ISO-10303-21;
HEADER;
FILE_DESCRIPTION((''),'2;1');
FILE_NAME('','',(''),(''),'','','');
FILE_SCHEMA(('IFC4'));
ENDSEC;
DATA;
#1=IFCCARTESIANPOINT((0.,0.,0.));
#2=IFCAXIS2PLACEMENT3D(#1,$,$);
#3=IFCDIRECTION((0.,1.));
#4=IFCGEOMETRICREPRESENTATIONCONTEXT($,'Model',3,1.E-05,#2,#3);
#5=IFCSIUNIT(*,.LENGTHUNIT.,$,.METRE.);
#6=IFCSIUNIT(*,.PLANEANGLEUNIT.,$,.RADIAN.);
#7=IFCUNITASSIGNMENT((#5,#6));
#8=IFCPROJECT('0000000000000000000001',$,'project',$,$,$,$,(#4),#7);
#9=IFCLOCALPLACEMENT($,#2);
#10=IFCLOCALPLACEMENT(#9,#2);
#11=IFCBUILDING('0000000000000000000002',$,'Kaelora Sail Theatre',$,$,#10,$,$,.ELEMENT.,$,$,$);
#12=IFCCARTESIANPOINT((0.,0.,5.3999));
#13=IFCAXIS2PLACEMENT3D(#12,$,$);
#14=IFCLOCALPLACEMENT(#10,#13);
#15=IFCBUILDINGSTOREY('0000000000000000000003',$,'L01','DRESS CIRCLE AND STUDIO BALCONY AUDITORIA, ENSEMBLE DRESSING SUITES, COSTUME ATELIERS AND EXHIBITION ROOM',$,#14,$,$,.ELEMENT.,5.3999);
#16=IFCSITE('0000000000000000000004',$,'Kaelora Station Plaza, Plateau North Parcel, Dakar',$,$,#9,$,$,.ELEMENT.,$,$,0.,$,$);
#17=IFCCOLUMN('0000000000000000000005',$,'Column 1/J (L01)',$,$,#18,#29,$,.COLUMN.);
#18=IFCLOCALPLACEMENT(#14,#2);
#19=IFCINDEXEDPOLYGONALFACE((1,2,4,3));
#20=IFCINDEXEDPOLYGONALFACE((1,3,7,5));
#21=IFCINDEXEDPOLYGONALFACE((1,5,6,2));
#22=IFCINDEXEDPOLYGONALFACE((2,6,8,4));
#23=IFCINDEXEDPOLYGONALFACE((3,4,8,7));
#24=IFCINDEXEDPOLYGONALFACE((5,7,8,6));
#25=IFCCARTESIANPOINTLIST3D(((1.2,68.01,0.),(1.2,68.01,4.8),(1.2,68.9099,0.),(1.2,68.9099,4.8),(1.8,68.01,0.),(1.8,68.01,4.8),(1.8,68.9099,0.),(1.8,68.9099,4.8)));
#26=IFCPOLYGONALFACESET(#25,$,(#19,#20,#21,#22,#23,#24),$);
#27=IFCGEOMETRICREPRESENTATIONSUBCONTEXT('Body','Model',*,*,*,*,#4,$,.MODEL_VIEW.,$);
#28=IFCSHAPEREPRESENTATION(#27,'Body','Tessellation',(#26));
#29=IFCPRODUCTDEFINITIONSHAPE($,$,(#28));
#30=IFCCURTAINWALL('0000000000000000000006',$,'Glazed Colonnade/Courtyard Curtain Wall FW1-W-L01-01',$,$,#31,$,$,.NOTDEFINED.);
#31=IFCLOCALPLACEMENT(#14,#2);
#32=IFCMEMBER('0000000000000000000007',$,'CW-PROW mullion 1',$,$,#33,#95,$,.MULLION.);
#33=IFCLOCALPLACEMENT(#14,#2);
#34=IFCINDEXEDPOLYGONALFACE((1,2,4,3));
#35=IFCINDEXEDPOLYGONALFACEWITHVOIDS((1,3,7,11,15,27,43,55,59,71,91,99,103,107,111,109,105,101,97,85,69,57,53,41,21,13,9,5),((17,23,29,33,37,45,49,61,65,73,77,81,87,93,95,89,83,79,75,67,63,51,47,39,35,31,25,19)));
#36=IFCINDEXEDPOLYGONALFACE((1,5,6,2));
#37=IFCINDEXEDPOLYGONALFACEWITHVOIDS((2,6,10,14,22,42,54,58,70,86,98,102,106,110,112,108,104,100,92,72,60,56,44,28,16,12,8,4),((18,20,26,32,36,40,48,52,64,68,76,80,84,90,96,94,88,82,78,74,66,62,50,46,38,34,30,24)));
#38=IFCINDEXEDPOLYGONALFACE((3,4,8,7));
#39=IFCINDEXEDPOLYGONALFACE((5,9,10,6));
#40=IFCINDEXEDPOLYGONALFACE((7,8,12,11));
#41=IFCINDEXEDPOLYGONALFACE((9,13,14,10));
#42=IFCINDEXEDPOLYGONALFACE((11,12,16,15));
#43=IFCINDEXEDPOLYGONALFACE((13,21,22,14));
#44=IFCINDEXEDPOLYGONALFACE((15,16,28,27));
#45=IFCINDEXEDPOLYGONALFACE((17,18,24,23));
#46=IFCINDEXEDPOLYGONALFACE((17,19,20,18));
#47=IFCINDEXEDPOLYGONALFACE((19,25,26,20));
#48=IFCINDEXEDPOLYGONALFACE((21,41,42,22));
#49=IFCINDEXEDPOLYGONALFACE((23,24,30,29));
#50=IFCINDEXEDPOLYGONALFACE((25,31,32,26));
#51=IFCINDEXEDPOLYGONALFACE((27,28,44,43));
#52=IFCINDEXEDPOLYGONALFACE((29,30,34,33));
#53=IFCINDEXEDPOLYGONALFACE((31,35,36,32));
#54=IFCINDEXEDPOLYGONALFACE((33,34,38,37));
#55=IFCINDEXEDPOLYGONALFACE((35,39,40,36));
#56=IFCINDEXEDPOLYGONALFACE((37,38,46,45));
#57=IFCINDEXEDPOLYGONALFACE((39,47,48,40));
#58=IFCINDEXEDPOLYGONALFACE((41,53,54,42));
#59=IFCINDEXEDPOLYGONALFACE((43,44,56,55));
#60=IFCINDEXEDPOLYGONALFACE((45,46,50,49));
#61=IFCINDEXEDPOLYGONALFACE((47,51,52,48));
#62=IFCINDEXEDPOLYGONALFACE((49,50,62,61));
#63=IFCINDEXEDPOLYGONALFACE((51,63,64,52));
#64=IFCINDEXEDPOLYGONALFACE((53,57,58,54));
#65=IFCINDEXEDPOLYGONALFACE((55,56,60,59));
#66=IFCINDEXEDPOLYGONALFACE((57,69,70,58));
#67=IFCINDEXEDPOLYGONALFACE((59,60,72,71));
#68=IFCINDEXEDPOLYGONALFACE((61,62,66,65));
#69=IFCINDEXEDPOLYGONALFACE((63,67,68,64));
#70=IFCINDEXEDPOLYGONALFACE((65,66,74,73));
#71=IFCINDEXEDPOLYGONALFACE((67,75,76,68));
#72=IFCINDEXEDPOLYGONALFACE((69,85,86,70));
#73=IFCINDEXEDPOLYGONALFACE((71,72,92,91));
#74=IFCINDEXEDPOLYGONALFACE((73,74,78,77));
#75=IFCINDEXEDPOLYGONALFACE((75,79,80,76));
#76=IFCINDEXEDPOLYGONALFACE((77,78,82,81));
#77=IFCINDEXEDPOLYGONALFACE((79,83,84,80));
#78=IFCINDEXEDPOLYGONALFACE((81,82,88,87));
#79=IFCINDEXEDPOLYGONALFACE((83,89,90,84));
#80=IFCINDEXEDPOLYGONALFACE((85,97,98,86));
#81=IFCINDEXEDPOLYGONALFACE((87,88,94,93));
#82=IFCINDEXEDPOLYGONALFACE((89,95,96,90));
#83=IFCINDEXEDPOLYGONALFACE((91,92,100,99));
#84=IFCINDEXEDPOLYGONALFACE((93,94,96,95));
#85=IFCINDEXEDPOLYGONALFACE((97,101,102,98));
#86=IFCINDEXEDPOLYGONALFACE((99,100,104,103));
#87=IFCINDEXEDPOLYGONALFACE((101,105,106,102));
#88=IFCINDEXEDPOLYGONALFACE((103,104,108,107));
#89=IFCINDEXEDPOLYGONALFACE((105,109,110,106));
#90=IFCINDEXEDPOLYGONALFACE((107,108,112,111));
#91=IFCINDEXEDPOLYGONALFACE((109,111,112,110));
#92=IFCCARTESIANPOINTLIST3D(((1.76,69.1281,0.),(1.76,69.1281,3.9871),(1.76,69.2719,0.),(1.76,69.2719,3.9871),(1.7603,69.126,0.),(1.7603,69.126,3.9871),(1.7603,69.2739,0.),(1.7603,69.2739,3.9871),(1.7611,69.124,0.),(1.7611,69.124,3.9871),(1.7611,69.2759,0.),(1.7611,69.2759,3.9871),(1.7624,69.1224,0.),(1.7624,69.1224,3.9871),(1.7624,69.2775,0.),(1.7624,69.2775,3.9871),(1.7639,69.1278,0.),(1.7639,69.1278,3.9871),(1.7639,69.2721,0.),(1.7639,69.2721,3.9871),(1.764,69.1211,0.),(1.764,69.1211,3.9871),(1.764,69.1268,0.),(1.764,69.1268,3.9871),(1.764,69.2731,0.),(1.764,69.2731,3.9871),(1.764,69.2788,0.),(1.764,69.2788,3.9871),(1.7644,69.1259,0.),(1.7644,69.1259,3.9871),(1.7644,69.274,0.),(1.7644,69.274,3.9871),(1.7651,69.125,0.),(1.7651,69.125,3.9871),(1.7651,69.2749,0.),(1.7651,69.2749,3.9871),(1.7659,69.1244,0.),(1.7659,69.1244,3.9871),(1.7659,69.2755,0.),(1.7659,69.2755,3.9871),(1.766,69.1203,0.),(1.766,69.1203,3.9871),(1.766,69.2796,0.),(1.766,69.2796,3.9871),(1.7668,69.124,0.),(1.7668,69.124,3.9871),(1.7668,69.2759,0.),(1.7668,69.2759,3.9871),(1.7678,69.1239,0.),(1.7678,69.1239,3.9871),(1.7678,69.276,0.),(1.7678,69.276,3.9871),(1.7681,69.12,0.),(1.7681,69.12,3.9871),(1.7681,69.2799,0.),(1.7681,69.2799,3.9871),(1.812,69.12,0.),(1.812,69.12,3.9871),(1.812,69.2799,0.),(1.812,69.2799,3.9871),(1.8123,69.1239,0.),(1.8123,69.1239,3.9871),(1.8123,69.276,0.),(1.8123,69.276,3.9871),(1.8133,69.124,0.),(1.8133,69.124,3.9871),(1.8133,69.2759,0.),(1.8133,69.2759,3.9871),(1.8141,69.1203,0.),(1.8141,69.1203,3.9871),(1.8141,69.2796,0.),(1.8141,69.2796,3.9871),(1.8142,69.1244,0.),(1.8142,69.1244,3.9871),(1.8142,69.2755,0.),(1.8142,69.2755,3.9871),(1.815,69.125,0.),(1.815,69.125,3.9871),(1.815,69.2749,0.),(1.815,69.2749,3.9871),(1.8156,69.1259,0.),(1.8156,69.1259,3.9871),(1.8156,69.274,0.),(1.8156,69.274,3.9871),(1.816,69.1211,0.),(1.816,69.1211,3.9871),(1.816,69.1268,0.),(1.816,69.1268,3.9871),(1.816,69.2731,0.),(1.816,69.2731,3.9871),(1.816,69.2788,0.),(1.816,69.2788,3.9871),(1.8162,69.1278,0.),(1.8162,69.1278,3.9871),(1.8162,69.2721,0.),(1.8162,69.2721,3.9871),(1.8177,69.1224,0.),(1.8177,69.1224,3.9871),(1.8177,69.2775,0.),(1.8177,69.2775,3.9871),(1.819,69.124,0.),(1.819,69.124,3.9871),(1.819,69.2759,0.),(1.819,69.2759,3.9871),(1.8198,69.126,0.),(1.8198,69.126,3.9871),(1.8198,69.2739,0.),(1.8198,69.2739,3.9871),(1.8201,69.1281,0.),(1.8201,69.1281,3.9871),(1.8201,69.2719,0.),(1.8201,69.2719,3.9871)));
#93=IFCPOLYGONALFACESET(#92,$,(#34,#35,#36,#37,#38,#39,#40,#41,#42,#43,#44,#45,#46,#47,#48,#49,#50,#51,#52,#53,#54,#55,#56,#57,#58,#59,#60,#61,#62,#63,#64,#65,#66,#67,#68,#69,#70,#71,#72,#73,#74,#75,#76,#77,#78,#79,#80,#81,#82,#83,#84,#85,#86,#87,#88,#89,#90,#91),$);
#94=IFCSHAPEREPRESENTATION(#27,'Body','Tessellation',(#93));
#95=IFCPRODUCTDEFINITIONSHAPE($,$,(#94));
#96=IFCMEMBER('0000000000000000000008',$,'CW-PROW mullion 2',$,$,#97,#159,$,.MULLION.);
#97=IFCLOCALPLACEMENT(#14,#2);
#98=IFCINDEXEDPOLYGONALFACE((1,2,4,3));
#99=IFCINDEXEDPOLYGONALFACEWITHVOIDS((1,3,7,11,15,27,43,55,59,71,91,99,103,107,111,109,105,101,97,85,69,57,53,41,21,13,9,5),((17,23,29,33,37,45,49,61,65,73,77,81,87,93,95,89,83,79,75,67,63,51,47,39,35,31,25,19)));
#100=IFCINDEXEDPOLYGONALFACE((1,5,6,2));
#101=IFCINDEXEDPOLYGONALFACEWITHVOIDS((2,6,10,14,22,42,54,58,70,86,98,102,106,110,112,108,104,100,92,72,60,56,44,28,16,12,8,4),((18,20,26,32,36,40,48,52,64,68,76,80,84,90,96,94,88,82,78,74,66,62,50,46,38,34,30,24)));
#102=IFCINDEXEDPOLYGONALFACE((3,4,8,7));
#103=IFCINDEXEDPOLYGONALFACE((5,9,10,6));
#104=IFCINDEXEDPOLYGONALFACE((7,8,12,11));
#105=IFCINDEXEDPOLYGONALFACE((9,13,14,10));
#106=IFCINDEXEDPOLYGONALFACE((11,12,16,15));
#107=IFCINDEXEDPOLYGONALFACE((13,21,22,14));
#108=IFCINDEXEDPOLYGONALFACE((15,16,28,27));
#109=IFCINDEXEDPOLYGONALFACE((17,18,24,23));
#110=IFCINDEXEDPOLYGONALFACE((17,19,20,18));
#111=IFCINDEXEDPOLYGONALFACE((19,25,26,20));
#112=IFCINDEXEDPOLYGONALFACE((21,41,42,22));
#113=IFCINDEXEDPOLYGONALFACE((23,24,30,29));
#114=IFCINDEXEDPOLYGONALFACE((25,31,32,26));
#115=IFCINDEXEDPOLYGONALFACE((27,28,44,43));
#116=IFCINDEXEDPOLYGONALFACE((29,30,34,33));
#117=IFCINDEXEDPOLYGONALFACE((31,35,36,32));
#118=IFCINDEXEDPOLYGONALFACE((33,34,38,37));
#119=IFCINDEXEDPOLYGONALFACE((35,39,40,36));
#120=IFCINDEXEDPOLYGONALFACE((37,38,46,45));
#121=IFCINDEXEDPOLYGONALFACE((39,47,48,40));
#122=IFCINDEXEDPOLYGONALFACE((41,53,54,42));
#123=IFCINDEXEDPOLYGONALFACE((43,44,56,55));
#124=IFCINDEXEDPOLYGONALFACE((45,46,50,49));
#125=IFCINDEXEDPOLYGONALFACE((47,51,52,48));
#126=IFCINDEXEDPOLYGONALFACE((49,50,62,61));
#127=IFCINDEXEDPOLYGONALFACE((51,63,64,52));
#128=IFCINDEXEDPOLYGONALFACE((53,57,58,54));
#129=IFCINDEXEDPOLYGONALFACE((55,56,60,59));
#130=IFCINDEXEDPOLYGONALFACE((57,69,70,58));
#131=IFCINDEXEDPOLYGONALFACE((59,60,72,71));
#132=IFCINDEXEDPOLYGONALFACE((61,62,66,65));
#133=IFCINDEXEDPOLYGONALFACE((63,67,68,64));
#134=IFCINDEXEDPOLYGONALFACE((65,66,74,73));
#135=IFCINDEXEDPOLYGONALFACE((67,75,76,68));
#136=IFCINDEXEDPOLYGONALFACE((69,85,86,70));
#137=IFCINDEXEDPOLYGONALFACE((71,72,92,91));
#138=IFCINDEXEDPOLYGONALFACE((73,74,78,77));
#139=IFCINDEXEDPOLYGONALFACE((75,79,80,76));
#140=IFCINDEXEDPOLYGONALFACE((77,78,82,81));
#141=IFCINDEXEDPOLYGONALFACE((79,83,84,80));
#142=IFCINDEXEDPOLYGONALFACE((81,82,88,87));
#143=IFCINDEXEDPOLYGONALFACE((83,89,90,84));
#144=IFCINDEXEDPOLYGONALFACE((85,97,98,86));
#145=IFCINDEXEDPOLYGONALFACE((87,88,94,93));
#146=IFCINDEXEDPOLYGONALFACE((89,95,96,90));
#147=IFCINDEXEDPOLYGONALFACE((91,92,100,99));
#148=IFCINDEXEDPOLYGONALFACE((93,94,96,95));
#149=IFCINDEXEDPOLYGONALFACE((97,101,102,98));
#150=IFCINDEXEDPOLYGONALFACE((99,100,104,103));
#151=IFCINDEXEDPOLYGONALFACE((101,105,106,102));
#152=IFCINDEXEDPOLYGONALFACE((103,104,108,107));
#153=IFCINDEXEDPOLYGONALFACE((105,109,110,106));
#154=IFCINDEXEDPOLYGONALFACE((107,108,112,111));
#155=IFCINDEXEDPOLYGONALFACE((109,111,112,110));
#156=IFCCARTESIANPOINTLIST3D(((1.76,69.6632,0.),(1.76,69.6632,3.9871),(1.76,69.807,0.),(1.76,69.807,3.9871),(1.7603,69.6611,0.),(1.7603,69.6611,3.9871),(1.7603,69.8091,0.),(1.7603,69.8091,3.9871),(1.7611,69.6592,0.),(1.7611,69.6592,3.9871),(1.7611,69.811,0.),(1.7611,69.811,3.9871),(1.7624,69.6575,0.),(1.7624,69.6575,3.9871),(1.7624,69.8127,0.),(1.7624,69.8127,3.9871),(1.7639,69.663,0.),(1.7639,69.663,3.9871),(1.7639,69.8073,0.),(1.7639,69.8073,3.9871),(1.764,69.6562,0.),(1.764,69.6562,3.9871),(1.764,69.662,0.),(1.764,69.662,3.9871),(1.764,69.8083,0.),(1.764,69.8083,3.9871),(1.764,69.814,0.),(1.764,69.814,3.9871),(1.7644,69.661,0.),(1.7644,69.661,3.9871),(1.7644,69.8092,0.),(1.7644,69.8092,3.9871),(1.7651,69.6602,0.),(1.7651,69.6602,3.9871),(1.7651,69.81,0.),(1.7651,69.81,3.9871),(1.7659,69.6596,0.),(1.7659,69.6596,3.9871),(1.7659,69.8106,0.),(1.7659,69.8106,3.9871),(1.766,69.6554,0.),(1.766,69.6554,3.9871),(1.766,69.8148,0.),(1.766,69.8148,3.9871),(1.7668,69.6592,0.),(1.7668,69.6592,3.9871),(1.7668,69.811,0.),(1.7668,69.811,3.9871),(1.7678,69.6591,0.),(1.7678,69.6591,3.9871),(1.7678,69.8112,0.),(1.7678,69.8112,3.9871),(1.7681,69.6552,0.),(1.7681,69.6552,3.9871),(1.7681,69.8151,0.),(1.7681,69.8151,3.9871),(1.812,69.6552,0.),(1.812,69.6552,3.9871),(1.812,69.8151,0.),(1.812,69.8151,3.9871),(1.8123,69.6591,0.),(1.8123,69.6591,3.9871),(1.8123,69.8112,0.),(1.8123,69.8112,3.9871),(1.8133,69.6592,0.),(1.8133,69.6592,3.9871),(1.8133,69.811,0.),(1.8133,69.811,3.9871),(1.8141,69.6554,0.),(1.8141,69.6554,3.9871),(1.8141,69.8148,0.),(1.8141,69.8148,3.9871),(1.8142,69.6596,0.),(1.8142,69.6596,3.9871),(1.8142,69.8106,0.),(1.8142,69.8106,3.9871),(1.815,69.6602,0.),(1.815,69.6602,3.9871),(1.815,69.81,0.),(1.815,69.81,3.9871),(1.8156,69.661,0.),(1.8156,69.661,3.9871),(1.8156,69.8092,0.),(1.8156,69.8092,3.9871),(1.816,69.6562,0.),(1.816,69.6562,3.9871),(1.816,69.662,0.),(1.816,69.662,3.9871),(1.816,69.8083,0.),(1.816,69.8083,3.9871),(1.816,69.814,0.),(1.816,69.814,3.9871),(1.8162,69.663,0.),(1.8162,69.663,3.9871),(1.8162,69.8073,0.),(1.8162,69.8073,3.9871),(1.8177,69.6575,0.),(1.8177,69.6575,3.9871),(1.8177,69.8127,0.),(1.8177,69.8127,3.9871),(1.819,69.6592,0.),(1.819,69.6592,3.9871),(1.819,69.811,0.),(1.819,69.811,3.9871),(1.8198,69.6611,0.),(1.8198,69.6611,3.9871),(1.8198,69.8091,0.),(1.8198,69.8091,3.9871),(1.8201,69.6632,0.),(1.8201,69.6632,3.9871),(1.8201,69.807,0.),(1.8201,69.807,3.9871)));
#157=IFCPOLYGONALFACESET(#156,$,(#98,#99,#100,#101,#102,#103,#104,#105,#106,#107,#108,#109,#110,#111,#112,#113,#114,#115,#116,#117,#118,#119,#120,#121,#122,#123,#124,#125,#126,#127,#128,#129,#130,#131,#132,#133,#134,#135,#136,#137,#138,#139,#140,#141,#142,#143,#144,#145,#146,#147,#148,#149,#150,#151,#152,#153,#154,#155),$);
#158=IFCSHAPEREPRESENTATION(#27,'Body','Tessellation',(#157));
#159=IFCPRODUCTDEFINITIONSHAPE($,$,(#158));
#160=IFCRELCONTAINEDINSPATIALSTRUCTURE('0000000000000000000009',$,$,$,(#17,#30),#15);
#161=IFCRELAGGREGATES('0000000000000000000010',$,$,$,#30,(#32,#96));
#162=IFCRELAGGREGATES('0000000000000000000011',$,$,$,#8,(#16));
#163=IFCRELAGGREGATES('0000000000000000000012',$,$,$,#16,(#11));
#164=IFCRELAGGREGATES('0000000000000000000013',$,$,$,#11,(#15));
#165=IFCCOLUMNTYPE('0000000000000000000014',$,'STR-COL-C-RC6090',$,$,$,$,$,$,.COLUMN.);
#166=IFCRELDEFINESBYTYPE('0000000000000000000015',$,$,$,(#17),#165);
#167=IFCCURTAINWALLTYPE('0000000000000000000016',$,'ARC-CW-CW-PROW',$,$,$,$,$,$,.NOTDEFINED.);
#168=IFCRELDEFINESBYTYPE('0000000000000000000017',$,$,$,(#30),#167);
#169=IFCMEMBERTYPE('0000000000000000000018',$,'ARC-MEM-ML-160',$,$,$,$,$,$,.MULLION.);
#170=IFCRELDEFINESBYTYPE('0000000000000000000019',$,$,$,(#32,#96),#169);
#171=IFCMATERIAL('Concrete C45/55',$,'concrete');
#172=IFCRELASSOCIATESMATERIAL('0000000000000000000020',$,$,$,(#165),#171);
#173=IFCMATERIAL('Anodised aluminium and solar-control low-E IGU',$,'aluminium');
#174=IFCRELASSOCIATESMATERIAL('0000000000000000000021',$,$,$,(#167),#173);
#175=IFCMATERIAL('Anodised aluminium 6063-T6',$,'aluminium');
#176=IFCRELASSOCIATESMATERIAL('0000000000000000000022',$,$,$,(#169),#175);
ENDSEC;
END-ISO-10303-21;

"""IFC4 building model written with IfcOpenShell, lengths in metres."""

from ifc_helpers import new_model, si_unit, direction, frame, origin, origin_2d, place, context, subcontext, project, spatial, rectangle, hollow_rectangle, extrude, material, material_profile, profile_set, type_object, element, aggregate, save


model = new_model("IFC4")

# Units and contexts
model_context = context("Model", 3, precision=1e-05, world=origin(), true_north=direction((0.0, 1.0)))
body_context = subcontext(model_context, "Body", "Model", "MODEL_VIEW")
ifc_project = project(units=[si_unit("LENGTHUNIT", "METRE"), si_unit("PLANEANGLEUNIT", "RADIAN")], contexts=[model_context])

# Site, building, storey
site_placement = place(None, origin())
site = spatial("IfcSite", under=ifc_project, at=site_placement, Name="Kaelora Station Plaza, Plateau North Parcel, Dakar", CompositionType="ELEMENT", RefElevation=0.0)
building_placement = place(site_placement, origin())
building = spatial("IfcBuilding", under=site, at=building_placement, Name="Kaelora Sail Theatre", CompositionType="ELEMENT")
storey_placement = place(building_placement, frame((0.0, 0.0, 5.3999)))
storey = spatial("IfcBuildingStorey", under=building, at=storey_placement, Name="L01", Description="DRESS CIRCLE AND STUDIO BALCONY AUDITORIA, ENSEMBLE DRESSING SUITES, COSTUME ATELIERS AND EXHIBITION ROOM", CompositionType="ELEMENT", Elevation=5.3999)

# Column
ifc_material_1 = material(Name="Concrete C45/55", Category="concrete")
ifc_material_profile_1 = material_profile(ifc_material_1, rectangle(XDim=0.6001, YDim=0.8999, at=origin_2d()), Name="RC-COL 600x900")
ifc_profile_set_1 = profile_set([ifc_material_profile_1], Name="Concrete C45/55")
column_type = type_object("IfcColumnType", Name="STR-COL-C-RC6090", PredefinedType="COLUMN", material=ifc_profile_set_1)
column_placement = place(storey_placement, frame((1.5, 68.46, 0.0), z_axis=(0.0, 0.0, 1.0), x_axis=(1.0, 0.0, 0.0)))
element("IfcColumn", 1, at=column_placement, inside=storey, type_object=column_type, Name="Column 1/J (L01)", PredefinedType="COLUMN", context=body_context, shape_type="SweptSolid", body=[
    extrude(rectangle(XDim=0.6001, YDim=0.8999, at=origin_2d()), origin(), (0.0, 0.0, 1.0), 4.8),
])

# Curtain wall, members
ifc_material_2 = material(Name="Anodised aluminium and solar-control low-E IGU", Category="aluminium")
curtain_wall_type = type_object("IfcCurtainWallType", Name="ARC-CW-CW-PROW", PredefinedType="NOTDEFINED", material=ifc_material_2)
curtain_wall_1_placement = place(storey_placement, origin())
curtain_wall_1 = element("IfcCurtainWall", 2, at=curtain_wall_1_placement, inside=storey, type_object=curtain_wall_type, Name="Glazed Colonnade/Courtyard Curtain Wall FW1-W-L01-01", PredefinedType="NOTDEFINED")
ifc_material_3 = material(Name="Anodised aluminium 6063-T6", Category="aluminium")
ifc_material_profile_2 = material_profile(ifc_material_3, hollow_rectangle(XDim=0.0601, YDim=0.1599, WallThickness=0.0039, InnerFilletRadius=0.0039, OuterFilletRadius=0.0081, at=origin_2d()), Name="ALU-MULL 60x160x4")
ifc_profile_set_2 = profile_set([ifc_material_profile_2], Name="Anodised aluminium 6063-T6")
member_type_1 = type_object("IfcMemberType", Name="ARC-MEM-ML-160", PredefinedType="MULLION", material=ifc_profile_set_2)
member_1_placement = place(storey_placement, frame((1.79, 69.2, 0.0), z_axis=(0.0, 0.0, 1.0), x_axis=(-1.0, 0.0, 0.0)))
member_1 = element("IfcMember", 3, at=member_1_placement, type_object=member_type_1, Name="CW-PROW mullion 1", PredefinedType="MULLION", context=body_context, shape_type="SweptSolid", body=[
    extrude(hollow_rectangle(XDim=0.0601, YDim=0.1599, WallThickness=0.0039, InnerFilletRadius=0.0039, OuterFilletRadius=0.0081, at=origin_2d()), origin(), (0.0, 0.0, 1.0), 3.9871),
])
member_2_placement = place(storey_placement, frame((1.79, 69.7351, 0.0), z_axis=(0.0, 0.0, 1.0), x_axis=(-1.0, 0.0, 0.0)))
member_2 = element("IfcMember", 4, at=member_2_placement, type_object=member_type_1, Name="CW-PROW mullion 2", PredefinedType="MULLION", context=body_context, shape_type="SweptSolid", body=[
    extrude(hollow_rectangle(XDim=0.0601, YDim=0.1599, WallThickness=0.0039, InnerFilletRadius=0.0039, OuterFilletRadius=0.0081, at=origin_2d()), origin(), (0.0, 0.0, 1.0), 3.9871),
])

aggregate(curtain_wall_1, [member_1, member_2])

save(model, "model.ifc")
